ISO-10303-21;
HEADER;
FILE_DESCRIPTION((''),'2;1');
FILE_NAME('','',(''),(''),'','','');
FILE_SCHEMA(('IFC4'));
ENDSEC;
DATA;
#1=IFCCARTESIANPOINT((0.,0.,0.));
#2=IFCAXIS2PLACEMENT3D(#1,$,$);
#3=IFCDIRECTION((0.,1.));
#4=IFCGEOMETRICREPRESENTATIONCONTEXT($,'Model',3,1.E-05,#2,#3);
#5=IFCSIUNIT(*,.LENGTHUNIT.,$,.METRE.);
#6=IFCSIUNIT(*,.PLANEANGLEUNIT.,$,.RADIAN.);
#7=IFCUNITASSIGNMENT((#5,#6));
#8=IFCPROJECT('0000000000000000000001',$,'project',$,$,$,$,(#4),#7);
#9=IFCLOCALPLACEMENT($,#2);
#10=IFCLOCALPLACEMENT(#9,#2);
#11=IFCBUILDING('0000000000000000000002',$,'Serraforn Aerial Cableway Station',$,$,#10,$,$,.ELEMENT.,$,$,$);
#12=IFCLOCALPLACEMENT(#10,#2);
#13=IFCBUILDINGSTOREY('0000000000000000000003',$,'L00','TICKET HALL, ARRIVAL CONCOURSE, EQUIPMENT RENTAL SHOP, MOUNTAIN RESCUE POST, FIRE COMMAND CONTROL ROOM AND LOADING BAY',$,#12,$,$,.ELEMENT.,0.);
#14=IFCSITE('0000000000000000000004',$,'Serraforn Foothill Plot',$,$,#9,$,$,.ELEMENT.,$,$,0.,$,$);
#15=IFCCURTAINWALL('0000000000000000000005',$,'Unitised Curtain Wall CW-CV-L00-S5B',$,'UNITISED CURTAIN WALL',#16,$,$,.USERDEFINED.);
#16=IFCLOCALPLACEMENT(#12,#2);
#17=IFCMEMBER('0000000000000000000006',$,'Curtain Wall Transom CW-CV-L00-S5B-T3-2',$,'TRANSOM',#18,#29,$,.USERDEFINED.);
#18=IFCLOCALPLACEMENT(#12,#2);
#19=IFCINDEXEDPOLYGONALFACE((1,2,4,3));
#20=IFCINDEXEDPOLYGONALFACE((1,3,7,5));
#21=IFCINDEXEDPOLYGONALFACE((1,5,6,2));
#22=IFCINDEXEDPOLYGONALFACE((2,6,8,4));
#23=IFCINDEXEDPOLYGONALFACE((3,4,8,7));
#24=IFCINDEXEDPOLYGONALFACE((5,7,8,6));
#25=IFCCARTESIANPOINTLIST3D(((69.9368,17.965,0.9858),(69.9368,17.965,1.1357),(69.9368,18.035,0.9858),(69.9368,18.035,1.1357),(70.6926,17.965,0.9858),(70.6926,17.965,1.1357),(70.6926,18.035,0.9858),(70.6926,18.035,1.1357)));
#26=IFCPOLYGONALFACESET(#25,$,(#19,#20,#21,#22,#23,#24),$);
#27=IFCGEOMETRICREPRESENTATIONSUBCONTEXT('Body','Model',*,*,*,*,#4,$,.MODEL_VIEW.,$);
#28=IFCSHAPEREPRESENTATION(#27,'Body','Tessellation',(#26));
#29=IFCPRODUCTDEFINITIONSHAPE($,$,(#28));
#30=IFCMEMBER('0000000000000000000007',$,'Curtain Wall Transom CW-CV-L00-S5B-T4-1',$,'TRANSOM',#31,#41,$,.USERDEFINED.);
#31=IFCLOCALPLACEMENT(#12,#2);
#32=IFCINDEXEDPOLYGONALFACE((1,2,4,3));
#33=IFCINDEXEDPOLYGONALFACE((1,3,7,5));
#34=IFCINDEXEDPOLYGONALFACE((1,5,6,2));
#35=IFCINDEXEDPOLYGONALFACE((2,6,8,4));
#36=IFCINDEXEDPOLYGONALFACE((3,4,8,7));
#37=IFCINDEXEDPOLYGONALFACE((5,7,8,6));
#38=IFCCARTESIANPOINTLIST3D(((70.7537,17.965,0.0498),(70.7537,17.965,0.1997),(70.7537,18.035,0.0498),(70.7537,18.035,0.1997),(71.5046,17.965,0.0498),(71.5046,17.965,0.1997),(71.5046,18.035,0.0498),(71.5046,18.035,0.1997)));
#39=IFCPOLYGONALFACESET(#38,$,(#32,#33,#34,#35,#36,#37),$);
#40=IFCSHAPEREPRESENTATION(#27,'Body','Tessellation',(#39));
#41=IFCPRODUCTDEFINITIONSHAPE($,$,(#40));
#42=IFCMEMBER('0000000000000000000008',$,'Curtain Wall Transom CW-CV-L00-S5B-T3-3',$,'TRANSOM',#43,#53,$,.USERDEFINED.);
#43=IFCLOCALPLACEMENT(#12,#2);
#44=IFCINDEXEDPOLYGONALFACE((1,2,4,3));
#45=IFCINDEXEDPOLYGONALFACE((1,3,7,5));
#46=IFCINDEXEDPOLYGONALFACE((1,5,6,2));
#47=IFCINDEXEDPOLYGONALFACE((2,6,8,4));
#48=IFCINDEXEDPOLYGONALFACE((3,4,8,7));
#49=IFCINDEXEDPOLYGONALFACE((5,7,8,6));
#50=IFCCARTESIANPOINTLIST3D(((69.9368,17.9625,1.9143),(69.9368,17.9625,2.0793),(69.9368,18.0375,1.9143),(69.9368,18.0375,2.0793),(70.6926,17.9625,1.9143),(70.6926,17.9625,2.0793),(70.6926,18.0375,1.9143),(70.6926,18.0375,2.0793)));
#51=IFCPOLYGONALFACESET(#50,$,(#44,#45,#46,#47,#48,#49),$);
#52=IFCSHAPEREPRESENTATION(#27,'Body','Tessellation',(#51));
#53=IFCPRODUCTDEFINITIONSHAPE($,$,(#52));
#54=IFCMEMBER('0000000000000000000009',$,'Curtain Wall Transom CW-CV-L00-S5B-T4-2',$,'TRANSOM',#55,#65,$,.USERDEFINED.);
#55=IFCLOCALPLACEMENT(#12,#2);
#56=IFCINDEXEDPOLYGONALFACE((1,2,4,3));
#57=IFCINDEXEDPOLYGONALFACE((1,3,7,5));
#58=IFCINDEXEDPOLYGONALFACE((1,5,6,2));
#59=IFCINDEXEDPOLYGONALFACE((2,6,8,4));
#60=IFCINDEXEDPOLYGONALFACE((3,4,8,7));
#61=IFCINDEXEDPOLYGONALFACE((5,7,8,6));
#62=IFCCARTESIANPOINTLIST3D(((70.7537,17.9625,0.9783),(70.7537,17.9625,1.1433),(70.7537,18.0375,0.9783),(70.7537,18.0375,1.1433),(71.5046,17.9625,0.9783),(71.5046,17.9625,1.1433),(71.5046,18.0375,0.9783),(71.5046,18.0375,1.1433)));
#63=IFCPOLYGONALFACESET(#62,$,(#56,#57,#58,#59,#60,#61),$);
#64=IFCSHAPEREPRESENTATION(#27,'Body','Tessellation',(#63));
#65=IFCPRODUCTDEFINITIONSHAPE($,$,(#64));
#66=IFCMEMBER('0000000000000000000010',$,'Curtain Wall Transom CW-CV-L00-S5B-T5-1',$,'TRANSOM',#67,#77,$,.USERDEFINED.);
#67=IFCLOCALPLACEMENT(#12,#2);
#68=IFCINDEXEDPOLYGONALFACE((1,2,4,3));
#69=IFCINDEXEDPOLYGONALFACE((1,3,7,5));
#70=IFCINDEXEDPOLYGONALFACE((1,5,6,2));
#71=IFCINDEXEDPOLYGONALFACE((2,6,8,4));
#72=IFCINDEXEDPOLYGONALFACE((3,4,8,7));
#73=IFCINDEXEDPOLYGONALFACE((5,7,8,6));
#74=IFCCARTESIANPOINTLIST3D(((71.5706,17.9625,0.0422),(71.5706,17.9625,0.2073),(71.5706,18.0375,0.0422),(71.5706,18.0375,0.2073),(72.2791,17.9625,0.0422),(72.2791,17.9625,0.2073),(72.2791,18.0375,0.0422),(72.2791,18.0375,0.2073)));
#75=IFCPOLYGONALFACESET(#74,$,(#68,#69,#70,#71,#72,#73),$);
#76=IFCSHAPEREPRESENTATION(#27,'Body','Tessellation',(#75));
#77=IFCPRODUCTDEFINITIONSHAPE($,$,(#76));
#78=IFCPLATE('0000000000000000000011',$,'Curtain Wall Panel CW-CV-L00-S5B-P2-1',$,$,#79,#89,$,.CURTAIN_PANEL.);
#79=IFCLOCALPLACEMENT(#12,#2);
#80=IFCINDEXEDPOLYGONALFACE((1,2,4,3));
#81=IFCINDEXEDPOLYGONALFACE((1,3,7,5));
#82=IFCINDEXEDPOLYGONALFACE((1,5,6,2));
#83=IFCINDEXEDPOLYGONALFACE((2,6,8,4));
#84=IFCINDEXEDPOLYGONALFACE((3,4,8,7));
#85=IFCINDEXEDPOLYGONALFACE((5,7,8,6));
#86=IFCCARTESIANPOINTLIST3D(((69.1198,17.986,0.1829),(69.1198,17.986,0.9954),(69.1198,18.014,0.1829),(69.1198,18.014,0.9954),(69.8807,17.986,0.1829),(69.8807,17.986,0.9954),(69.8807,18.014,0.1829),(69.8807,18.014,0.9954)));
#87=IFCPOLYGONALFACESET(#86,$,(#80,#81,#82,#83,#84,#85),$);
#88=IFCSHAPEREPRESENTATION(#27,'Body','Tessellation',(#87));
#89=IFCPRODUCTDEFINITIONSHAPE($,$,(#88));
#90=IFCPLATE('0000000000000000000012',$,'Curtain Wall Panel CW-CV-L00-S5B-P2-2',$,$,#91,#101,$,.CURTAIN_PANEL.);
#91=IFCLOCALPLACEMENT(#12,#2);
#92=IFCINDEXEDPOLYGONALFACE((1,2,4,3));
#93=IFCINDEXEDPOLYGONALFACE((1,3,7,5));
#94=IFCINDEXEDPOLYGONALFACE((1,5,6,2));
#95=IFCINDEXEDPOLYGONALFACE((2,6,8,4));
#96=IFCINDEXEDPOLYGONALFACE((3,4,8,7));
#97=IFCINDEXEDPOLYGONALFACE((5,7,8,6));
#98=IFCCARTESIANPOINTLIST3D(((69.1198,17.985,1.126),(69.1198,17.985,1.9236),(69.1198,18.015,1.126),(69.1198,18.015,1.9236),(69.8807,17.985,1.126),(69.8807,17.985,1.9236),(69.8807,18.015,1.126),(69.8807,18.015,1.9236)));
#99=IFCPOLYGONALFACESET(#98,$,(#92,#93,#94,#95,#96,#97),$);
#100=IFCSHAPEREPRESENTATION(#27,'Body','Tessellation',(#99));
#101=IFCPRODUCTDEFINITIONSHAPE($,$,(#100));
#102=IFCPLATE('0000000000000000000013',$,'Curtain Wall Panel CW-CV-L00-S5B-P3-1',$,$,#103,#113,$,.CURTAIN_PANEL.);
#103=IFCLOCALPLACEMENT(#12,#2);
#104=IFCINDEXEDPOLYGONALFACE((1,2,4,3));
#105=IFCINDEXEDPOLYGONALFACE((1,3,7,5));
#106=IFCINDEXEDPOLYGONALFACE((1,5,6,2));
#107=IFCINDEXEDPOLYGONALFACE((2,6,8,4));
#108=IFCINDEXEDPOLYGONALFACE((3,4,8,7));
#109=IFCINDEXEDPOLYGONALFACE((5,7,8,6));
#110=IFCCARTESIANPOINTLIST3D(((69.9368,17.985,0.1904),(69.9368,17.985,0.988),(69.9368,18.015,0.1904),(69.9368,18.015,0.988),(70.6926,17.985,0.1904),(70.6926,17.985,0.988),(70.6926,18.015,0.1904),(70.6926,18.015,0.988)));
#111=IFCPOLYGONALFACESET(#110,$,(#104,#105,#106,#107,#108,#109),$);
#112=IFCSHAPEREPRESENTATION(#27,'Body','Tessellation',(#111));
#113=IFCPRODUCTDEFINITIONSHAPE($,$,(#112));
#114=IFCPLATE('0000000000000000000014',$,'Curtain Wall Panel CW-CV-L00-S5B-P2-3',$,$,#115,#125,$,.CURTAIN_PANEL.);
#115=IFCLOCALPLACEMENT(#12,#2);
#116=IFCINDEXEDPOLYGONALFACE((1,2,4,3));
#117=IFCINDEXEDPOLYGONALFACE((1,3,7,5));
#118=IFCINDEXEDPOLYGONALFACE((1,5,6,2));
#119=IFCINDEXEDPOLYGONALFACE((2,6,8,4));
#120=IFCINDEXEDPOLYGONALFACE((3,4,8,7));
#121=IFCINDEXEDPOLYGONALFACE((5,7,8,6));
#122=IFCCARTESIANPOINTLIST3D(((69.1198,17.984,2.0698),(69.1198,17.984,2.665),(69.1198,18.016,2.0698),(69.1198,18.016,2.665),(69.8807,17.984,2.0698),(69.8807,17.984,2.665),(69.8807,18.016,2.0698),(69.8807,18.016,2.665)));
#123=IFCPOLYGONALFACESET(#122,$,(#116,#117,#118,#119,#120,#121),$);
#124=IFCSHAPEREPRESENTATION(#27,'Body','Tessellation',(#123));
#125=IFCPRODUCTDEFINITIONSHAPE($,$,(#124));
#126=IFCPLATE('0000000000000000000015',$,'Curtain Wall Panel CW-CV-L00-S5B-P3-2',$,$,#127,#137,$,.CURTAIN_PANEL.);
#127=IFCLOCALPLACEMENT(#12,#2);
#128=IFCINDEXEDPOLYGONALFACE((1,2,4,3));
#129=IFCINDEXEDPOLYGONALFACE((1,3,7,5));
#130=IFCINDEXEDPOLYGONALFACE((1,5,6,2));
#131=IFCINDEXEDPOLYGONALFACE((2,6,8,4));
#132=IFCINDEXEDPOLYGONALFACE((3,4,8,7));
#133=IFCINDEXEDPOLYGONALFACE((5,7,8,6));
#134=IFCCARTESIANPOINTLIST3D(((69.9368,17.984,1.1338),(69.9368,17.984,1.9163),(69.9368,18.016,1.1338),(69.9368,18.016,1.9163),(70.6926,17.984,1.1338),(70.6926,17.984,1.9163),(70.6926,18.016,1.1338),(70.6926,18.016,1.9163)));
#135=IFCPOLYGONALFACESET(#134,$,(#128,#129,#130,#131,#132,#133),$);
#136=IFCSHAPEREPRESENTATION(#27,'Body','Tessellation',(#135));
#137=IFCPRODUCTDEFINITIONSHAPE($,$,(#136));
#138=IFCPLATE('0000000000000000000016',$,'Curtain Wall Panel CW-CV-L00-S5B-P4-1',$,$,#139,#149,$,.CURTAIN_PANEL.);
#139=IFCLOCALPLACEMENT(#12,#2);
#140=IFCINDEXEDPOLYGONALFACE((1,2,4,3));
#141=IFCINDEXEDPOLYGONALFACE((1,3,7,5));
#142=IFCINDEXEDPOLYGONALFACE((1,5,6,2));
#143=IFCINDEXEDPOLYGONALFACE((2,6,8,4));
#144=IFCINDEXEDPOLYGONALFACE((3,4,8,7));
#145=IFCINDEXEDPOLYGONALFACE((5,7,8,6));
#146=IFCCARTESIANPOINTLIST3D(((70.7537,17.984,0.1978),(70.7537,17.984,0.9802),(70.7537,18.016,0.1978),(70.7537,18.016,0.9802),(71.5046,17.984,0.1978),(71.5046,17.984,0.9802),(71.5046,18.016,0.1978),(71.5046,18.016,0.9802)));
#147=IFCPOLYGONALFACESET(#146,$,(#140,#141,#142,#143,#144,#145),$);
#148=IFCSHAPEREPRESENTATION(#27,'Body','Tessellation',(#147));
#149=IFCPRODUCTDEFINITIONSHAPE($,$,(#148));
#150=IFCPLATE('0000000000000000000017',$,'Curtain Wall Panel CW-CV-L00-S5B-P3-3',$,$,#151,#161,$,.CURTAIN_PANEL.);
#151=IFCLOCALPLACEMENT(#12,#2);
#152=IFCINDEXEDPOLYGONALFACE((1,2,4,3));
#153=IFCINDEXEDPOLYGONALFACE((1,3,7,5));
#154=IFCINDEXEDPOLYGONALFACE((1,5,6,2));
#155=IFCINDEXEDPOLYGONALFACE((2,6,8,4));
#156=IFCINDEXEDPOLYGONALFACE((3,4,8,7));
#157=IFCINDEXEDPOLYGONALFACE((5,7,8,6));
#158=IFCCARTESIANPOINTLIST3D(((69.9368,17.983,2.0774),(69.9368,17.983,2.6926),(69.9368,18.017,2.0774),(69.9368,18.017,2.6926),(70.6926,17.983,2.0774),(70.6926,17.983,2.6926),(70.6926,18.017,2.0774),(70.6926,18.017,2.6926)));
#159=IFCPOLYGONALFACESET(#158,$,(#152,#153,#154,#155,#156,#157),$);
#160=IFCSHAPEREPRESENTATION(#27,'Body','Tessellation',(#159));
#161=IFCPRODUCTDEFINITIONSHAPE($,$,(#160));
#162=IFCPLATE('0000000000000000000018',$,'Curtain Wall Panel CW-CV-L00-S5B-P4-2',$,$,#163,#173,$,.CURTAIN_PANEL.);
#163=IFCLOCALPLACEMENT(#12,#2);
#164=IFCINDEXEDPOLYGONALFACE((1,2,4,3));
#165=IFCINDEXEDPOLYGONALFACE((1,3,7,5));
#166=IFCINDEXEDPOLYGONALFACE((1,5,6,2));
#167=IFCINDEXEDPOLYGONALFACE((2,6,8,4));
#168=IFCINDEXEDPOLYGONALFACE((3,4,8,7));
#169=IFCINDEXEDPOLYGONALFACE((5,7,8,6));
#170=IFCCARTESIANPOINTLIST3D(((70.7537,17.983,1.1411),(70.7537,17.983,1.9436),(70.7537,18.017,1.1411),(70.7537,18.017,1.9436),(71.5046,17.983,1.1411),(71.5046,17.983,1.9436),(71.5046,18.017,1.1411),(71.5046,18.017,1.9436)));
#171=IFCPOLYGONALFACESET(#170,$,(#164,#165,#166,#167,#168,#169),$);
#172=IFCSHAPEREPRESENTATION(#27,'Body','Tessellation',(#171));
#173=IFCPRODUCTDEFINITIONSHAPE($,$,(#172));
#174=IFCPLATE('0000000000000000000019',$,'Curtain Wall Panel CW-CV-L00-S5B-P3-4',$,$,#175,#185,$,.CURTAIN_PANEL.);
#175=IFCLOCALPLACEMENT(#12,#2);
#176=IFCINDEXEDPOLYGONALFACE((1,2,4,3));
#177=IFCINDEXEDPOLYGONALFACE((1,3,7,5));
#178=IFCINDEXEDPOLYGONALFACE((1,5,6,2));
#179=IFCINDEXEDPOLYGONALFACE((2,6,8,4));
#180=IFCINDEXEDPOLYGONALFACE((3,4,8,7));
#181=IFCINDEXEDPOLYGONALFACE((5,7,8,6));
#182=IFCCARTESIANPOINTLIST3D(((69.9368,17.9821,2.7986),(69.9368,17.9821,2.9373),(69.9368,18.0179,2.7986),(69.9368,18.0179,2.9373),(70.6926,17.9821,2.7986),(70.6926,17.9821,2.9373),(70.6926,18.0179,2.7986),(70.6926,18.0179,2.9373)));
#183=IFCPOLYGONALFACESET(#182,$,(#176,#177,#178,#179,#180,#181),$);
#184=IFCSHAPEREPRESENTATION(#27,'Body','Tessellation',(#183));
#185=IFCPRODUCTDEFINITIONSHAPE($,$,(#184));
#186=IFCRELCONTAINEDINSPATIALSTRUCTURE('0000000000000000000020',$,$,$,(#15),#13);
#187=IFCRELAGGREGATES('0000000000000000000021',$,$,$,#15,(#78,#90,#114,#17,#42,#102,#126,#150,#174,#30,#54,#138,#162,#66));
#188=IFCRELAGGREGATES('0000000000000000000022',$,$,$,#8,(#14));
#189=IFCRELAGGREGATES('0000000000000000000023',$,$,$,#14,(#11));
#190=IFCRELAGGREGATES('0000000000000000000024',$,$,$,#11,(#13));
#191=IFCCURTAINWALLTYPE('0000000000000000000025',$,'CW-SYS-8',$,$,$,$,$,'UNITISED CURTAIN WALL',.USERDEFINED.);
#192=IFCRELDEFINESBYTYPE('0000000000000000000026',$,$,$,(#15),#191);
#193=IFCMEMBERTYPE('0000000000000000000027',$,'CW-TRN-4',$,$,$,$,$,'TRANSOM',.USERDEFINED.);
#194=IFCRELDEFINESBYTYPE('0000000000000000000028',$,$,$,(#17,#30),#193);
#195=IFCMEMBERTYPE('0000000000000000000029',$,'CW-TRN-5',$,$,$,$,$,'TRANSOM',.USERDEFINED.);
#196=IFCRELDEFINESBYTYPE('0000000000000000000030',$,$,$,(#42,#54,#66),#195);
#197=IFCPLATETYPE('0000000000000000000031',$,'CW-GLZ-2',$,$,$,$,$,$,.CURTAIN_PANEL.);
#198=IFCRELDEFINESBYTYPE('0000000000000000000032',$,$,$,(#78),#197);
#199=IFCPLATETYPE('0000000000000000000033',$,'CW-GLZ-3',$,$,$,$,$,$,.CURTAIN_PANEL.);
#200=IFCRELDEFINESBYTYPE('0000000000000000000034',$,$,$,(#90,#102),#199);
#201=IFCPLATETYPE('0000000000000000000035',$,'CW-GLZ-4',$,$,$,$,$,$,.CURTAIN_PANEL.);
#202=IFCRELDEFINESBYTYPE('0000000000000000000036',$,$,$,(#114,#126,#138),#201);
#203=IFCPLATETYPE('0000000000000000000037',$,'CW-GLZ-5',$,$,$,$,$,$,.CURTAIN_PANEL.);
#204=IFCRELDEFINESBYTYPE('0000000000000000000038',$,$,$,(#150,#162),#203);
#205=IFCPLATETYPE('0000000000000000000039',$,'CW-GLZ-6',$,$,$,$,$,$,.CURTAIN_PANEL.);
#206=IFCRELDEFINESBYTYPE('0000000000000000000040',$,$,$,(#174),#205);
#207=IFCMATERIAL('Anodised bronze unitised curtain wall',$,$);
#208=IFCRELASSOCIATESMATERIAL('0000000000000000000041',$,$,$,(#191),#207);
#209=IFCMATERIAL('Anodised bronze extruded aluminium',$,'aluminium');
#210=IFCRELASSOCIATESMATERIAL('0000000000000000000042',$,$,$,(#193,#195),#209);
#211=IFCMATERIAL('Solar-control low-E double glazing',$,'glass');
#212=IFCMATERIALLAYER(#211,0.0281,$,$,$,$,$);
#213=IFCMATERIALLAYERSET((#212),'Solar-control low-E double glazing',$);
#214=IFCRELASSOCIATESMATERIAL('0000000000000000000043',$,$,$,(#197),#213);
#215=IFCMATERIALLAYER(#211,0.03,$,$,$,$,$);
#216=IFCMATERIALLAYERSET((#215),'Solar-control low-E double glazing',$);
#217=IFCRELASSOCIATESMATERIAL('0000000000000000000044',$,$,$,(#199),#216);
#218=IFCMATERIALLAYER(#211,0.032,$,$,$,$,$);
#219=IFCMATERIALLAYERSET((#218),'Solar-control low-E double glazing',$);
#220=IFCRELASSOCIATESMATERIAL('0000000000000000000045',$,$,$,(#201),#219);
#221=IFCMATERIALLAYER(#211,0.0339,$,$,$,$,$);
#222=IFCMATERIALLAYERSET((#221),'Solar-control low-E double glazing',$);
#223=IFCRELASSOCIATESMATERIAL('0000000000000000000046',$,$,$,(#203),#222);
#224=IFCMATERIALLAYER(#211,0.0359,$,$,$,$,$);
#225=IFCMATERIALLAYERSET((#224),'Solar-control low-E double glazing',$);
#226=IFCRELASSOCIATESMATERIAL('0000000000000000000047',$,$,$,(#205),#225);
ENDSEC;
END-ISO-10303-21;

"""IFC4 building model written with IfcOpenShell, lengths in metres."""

from ifc_helpers import new_model, si_unit, direction, frame, origin, origin_2d, place, context, subcontext, project, spatial, rectangle, extrude, material, layer, layer_set, material_profile, profile_set, type_object, element, aggregate, save


model = new_model("IFC4")

# Units and contexts
model_context = context("Model", 3, precision=1e-05, world=origin(), true_north=direction((0.0, 1.0)))
body_context = subcontext(model_context, "Body", "Model", "MODEL_VIEW")
ifc_project = project(units=[si_unit("LENGTHUNIT", "METRE"), si_unit("PLANEANGLEUNIT", "RADIAN")], contexts=[model_context])

# Site, building, storey
site_placement = place(None, origin())
site = spatial("IfcSite", under=ifc_project, at=site_placement, Name="Serraforn Foothill Plot", CompositionType="ELEMENT", RefElevation=0.0)
building_placement = place(site_placement, origin())
building = spatial("IfcBuilding", under=site, at=building_placement, Name="Serraforn Aerial Cableway Station", CompositionType="ELEMENT")
storey_placement = place(building_placement, origin())
storey = spatial("IfcBuildingStorey", under=building, at=storey_placement, Name="L00", Description="TICKET HALL, ARRIVAL CONCOURSE, EQUIPMENT RENTAL SHOP, MOUNTAIN RESCUE POST, FIRE COMMAND CONTROL ROOM AND LOADING BAY", CompositionType="ELEMENT", Elevation=0.0)

# Curtain wall, members, plates
ifc_material_1 = material(Name="Anodised bronze unitised curtain wall")
curtain_wall_type = type_object("IfcCurtainWallType", Name="CW-SYS-8", ElementType="UNITISED CURTAIN WALL", PredefinedType="USERDEFINED", material=ifc_material_1)
curtain_wall_placement = place(storey_placement, origin())
curtain_wall = element("IfcCurtainWall", 1, at=curtain_wall_placement, inside=storey, type_object=curtain_wall_type, Name="Unitised Curtain Wall CW-CV-L00-S5B", ObjectType="UNITISED CURTAIN WALL", PredefinedType="USERDEFINED")
ifc_material_2 = material(Name="Anodised bronze extruded aluminium", Category="aluminium")
ifc_material_profile_1 = material_profile(ifc_material_2, rectangle(XDim=0.0701, YDim=0.1499, at=origin_2d()), Name="CW TRANSOM 70x150")
ifc_profile_set_1 = profile_set([ifc_material_profile_1], Name="Anodised bronze extruded aluminium")
member_type_1 = type_object("IfcMemberType", Name="CW-TRN-4", ElementType="TRANSOM", PredefinedType="USERDEFINED", material=ifc_profile_set_1)
member_1_placement = place(storey_placement, frame((69.9368, 18.0, 1.0608), z_axis=(1.0, 0.0, 0.0), x_axis=(0.0, 1.0, 0.0)))
member_1 = element("IfcMember", 2, at=member_1_placement, type_object=member_type_1, Name="Curtain Wall Transom CW-CV-L00-S5B-T3-2", ObjectType="TRANSOM", PredefinedType="USERDEFINED", context=body_context, shape_type="SweptSolid", body=[
    extrude(rectangle(XDim=0.0701, YDim=0.1499, at=origin_2d()), origin(), (0.0, 0.0, 1.0), 0.7559),
])
member_2_placement = place(storey_placement, frame((70.7537, 18.0, 0.1248), z_axis=(1.0, 0.0, 0.0), x_axis=(0.0, 1.0, 0.0)))
member_2 = element("IfcMember", 3, at=member_2_placement, type_object=member_type_1, Name="Curtain Wall Transom CW-CV-L00-S5B-T4-1", ObjectType="TRANSOM", PredefinedType="USERDEFINED", context=body_context, shape_type="SweptSolid", body=[
    extrude(rectangle(XDim=0.0701, YDim=0.1499, at=origin_2d()), origin(), (0.0, 0.0, 1.0), 0.751),
])
ifc_material_profile_2 = material_profile(ifc_material_2, rectangle(XDim=0.075, YDim=0.165, at=origin_2d()), Name="CW TRANSOM 75x165")
ifc_profile_set_2 = profile_set([ifc_material_profile_2], Name="Anodised bronze extruded aluminium")
member_type_2 = type_object("IfcMemberType", Name="CW-TRN-5", ElementType="TRANSOM", PredefinedType="USERDEFINED", material=ifc_profile_set_2)
member_3_placement = place(storey_placement, frame((69.9368, 18.0, 1.9968), z_axis=(1.0, 0.0, 0.0), x_axis=(0.0, 1.0, 0.0)))
member_3 = element("IfcMember", 4, at=member_3_placement, type_object=member_type_2, Name="Curtain Wall Transom CW-CV-L00-S5B-T3-3", ObjectType="TRANSOM", PredefinedType="USERDEFINED", context=body_context, shape_type="SweptSolid", body=[
    extrude(rectangle(XDim=0.075, YDim=0.165, at=origin_2d()), origin(), (0.0, 0.0, 1.0), 0.7559),
])
member_4_placement = place(storey_placement, frame((70.7537, 18.0, 1.0608), z_axis=(1.0, 0.0, 0.0), x_axis=(0.0, 1.0, 0.0)))
member_4 = element("IfcMember", 5, at=member_4_placement, type_object=member_type_2, Name="Curtain Wall Transom CW-CV-L00-S5B-T4-2", ObjectType="TRANSOM", PredefinedType="USERDEFINED", context=body_context, shape_type="SweptSolid", body=[
    extrude(rectangle(XDim=0.075, YDim=0.165, at=origin_2d()), origin(), (0.0, 0.0, 1.0), 0.751),
])
member_5_placement = place(storey_placement, frame((71.5706, 18.0, 0.1248), z_axis=(1.0, 0.0, 0.0), x_axis=(0.0, 1.0, 0.0)))
member_5 = element("IfcMember", 6, at=member_5_placement, type_object=member_type_2, Name="Curtain Wall Transom CW-CV-L00-S5B-T5-1", ObjectType="TRANSOM", PredefinedType="USERDEFINED", context=body_context, shape_type="SweptSolid", body=[
    extrude(rectangle(XDim=0.075, YDim=0.165, at=origin_2d()), origin(), (0.0, 0.0, 1.0), 0.7085),
])
ifc_material_3 = material(Name="Solar-control low-E double glazing", Category="glass")
ifc_layer_1 = layer(ifc_material_3, 0.0281)
ifc_layer_set_1 = layer_set([ifc_layer_1], Name="Solar-control low-E double glazing")
plate_type_1 = type_object("IfcPlateType", Name="CW-GLZ-2", PredefinedType="CURTAIN_PANEL", material=ifc_layer_set_1)
plate_1_placement = place(storey_placement, frame((69.5002, 18.0, 0.1829), z_axis=(0.0, 0.0, 1.0), x_axis=(1.0, 0.0, 0.0)))
plate_1 = element("IfcPlate", 7, at=plate_1_placement, type_object=plate_type_1, Name="Curtain Wall Panel CW-CV-L00-S5B-P2-1", PredefinedType="CURTAIN_PANEL", context=body_context, shape_type="SweptSolid", body=[
    extrude(rectangle(XDim=0.761, YDim=0.0281, at=origin_2d()), origin(), (0.0, 0.0, 1.0), 0.8125),
])
ifc_layer_2 = layer(ifc_material_3, 0.03)
ifc_layer_set_2 = layer_set([ifc_layer_2], Name="Solar-control low-E double glazing")
plate_type_2 = type_object("IfcPlateType", Name="CW-GLZ-3", PredefinedType="CURTAIN_PANEL", material=ifc_layer_set_2)
plate_2_placement = place(storey_placement, frame((69.5002, 18.0, 1.126), z_axis=(0.0, 0.0, 1.0), x_axis=(1.0, 0.0, 0.0)))
plate_2 = element("IfcPlate", 8, at=plate_2_placement, type_object=plate_type_2, Name="Curtain Wall Panel CW-CV-L00-S5B-P2-2", PredefinedType="CURTAIN_PANEL", context=body_context, shape_type="SweptSolid", body=[
    extrude(rectangle(XDim=0.761, YDim=0.03, at=origin_2d()), origin(), (0.0, 0.0, 1.0), 0.7976),
])
plate_3_placement = place(storey_placement, frame((70.3147, 18.0, 0.1904), z_axis=(0.0, 0.0, 1.0), x_axis=(1.0, 0.0, 0.0)))
plate_3 = element("IfcPlate", 9, at=plate_3_placement, type_object=plate_type_2, Name="Curtain Wall Panel CW-CV-L00-S5B-P3-1", PredefinedType="CURTAIN_PANEL", context=body_context, shape_type="SweptSolid", body=[
    extrude(rectangle(XDim=0.7559, YDim=0.03, at=origin_2d()), origin(), (0.0, 0.0, 1.0), 0.7976),
])
ifc_layer_3 = layer(ifc_material_3, 0.032)
ifc_layer_set_3 = layer_set([ifc_layer_3], Name="Solar-control low-E double glazing")
plate_type_3 = type_object("IfcPlateType", Name="CW-GLZ-4", PredefinedType="CURTAIN_PANEL", material=ifc_layer_set_3)
plate_4_placement = place(storey_placement, frame((69.5002, 18.0, 2.0698), z_axis=(0.0, 0.0, 1.0), x_axis=(1.0, 0.0, 0.0)))
plate_4 = element("IfcPlate", 10, at=plate_4_placement, type_object=plate_type_3, Name="Curtain Wall Panel CW-CV-L00-S5B-P2-3", PredefinedType="CURTAIN_PANEL", context=body_context, shape_type="SweptSolid", body=[
    extrude(rectangle(XDim=0.761, YDim=0.032, at=origin_2d()), origin(), (0.0, 0.0, 1.0), 0.5952),
])
plate_5_placement = place(storey_placement, frame((70.3147, 18.0, 1.1338), z_axis=(0.0, 0.0, 1.0), x_axis=(1.0, 0.0, 0.0)))
plate_5 = element("IfcPlate", 11, at=plate_5_placement, type_object=plate_type_3, Name="Curtain Wall Panel CW-CV-L00-S5B-P3-2", PredefinedType="CURTAIN_PANEL", context=body_context, shape_type="SweptSolid", body=[
    extrude(rectangle(XDim=0.7559, YDim=0.032, at=origin_2d()), origin(), (0.0, 0.0, 1.0), 0.7825),
])
plate_6_placement = place(storey_placement, frame((71.1292, 18.0, 0.1978), z_axis=(0.0, 0.0, 1.0), x_axis=(1.0, 0.0, 0.0)))
plate_6 = element("IfcPlate", 12, at=plate_6_placement, type_object=plate_type_3, Name="Curtain Wall Panel CW-CV-L00-S5B-P4-1", PredefinedType="CURTAIN_PANEL", context=body_context, shape_type="SweptSolid", body=[
    extrude(rectangle(XDim=0.751, YDim=0.032, at=origin_2d()), origin(), (0.0, 0.0, 1.0), 0.7825),
])
ifc_layer_4 = layer(ifc_material_3, 0.0339)
ifc_layer_set_4 = layer_set([ifc_layer_4], Name="Solar-control low-E double glazing")
plate_type_4 = type_object("IfcPlateType", Name="CW-GLZ-5", PredefinedType="CURTAIN_PANEL", material=ifc_layer_set_4)
plate_7_placement = place(storey_placement, frame((70.3147, 18.0, 2.0774), z_axis=(0.0, 0.0, 1.0), x_axis=(1.0, 0.0, 0.0)))
plate_7 = element("IfcPlate", 13, at=plate_7_placement, type_object=plate_type_4, Name="Curtain Wall Panel CW-CV-L00-S5B-P3-3", PredefinedType="CURTAIN_PANEL", context=body_context, shape_type="SweptSolid", body=[
    extrude(rectangle(XDim=0.7559, YDim=0.0339, at=origin_2d()), origin(), (0.0, 0.0, 1.0), 0.6152),
])
plate_8_placement = place(storey_placement, frame((71.1292, 18.0, 1.1411), z_axis=(0.0, 0.0, 1.0), x_axis=(1.0, 0.0, 0.0)))
plate_8 = element("IfcPlate", 14, at=plate_8_placement, type_object=plate_type_4, Name="Curtain Wall Panel CW-CV-L00-S5B-P4-2", PredefinedType="CURTAIN_PANEL", context=body_context, shape_type="SweptSolid", body=[
    extrude(rectangle(XDim=0.751, YDim=0.0339, at=origin_2d()), origin(), (0.0, 0.0, 1.0), 0.8025),
])
ifc_layer_5 = layer(ifc_material_3, 0.0359)
ifc_layer_set_5 = layer_set([ifc_layer_5], Name="Solar-control low-E double glazing")
plate_type_5 = type_object("IfcPlateType", Name="CW-GLZ-6", PredefinedType="CURTAIN_PANEL", material=ifc_layer_set_5)
plate_9_placement = place(storey_placement, frame((70.3147, 18.0, 2.7986), z_axis=(0.0, 0.0, 1.0), x_axis=(1.0, 0.0, 0.0)))
plate_9 = element("IfcPlate", 15, at=plate_9_placement, type_object=plate_type_5, Name="Curtain Wall Panel CW-CV-L00-S5B-P3-4", PredefinedType="CURTAIN_PANEL", context=body_context, shape_type="SweptSolid", body=[
    extrude(rectangle(XDim=0.7559, YDim=0.0359, at=origin_2d()), origin(), (0.0, 0.0, 1.0), 0.1387),
])
aggregate(curtain_wall, [plate_1, plate_2, plate_4, member_1, member_3, plate_3, plate_5, plate_7, plate_9, member_2, member_4, plate_6, plate_8, member_5])

save(model, "model.ifc")
